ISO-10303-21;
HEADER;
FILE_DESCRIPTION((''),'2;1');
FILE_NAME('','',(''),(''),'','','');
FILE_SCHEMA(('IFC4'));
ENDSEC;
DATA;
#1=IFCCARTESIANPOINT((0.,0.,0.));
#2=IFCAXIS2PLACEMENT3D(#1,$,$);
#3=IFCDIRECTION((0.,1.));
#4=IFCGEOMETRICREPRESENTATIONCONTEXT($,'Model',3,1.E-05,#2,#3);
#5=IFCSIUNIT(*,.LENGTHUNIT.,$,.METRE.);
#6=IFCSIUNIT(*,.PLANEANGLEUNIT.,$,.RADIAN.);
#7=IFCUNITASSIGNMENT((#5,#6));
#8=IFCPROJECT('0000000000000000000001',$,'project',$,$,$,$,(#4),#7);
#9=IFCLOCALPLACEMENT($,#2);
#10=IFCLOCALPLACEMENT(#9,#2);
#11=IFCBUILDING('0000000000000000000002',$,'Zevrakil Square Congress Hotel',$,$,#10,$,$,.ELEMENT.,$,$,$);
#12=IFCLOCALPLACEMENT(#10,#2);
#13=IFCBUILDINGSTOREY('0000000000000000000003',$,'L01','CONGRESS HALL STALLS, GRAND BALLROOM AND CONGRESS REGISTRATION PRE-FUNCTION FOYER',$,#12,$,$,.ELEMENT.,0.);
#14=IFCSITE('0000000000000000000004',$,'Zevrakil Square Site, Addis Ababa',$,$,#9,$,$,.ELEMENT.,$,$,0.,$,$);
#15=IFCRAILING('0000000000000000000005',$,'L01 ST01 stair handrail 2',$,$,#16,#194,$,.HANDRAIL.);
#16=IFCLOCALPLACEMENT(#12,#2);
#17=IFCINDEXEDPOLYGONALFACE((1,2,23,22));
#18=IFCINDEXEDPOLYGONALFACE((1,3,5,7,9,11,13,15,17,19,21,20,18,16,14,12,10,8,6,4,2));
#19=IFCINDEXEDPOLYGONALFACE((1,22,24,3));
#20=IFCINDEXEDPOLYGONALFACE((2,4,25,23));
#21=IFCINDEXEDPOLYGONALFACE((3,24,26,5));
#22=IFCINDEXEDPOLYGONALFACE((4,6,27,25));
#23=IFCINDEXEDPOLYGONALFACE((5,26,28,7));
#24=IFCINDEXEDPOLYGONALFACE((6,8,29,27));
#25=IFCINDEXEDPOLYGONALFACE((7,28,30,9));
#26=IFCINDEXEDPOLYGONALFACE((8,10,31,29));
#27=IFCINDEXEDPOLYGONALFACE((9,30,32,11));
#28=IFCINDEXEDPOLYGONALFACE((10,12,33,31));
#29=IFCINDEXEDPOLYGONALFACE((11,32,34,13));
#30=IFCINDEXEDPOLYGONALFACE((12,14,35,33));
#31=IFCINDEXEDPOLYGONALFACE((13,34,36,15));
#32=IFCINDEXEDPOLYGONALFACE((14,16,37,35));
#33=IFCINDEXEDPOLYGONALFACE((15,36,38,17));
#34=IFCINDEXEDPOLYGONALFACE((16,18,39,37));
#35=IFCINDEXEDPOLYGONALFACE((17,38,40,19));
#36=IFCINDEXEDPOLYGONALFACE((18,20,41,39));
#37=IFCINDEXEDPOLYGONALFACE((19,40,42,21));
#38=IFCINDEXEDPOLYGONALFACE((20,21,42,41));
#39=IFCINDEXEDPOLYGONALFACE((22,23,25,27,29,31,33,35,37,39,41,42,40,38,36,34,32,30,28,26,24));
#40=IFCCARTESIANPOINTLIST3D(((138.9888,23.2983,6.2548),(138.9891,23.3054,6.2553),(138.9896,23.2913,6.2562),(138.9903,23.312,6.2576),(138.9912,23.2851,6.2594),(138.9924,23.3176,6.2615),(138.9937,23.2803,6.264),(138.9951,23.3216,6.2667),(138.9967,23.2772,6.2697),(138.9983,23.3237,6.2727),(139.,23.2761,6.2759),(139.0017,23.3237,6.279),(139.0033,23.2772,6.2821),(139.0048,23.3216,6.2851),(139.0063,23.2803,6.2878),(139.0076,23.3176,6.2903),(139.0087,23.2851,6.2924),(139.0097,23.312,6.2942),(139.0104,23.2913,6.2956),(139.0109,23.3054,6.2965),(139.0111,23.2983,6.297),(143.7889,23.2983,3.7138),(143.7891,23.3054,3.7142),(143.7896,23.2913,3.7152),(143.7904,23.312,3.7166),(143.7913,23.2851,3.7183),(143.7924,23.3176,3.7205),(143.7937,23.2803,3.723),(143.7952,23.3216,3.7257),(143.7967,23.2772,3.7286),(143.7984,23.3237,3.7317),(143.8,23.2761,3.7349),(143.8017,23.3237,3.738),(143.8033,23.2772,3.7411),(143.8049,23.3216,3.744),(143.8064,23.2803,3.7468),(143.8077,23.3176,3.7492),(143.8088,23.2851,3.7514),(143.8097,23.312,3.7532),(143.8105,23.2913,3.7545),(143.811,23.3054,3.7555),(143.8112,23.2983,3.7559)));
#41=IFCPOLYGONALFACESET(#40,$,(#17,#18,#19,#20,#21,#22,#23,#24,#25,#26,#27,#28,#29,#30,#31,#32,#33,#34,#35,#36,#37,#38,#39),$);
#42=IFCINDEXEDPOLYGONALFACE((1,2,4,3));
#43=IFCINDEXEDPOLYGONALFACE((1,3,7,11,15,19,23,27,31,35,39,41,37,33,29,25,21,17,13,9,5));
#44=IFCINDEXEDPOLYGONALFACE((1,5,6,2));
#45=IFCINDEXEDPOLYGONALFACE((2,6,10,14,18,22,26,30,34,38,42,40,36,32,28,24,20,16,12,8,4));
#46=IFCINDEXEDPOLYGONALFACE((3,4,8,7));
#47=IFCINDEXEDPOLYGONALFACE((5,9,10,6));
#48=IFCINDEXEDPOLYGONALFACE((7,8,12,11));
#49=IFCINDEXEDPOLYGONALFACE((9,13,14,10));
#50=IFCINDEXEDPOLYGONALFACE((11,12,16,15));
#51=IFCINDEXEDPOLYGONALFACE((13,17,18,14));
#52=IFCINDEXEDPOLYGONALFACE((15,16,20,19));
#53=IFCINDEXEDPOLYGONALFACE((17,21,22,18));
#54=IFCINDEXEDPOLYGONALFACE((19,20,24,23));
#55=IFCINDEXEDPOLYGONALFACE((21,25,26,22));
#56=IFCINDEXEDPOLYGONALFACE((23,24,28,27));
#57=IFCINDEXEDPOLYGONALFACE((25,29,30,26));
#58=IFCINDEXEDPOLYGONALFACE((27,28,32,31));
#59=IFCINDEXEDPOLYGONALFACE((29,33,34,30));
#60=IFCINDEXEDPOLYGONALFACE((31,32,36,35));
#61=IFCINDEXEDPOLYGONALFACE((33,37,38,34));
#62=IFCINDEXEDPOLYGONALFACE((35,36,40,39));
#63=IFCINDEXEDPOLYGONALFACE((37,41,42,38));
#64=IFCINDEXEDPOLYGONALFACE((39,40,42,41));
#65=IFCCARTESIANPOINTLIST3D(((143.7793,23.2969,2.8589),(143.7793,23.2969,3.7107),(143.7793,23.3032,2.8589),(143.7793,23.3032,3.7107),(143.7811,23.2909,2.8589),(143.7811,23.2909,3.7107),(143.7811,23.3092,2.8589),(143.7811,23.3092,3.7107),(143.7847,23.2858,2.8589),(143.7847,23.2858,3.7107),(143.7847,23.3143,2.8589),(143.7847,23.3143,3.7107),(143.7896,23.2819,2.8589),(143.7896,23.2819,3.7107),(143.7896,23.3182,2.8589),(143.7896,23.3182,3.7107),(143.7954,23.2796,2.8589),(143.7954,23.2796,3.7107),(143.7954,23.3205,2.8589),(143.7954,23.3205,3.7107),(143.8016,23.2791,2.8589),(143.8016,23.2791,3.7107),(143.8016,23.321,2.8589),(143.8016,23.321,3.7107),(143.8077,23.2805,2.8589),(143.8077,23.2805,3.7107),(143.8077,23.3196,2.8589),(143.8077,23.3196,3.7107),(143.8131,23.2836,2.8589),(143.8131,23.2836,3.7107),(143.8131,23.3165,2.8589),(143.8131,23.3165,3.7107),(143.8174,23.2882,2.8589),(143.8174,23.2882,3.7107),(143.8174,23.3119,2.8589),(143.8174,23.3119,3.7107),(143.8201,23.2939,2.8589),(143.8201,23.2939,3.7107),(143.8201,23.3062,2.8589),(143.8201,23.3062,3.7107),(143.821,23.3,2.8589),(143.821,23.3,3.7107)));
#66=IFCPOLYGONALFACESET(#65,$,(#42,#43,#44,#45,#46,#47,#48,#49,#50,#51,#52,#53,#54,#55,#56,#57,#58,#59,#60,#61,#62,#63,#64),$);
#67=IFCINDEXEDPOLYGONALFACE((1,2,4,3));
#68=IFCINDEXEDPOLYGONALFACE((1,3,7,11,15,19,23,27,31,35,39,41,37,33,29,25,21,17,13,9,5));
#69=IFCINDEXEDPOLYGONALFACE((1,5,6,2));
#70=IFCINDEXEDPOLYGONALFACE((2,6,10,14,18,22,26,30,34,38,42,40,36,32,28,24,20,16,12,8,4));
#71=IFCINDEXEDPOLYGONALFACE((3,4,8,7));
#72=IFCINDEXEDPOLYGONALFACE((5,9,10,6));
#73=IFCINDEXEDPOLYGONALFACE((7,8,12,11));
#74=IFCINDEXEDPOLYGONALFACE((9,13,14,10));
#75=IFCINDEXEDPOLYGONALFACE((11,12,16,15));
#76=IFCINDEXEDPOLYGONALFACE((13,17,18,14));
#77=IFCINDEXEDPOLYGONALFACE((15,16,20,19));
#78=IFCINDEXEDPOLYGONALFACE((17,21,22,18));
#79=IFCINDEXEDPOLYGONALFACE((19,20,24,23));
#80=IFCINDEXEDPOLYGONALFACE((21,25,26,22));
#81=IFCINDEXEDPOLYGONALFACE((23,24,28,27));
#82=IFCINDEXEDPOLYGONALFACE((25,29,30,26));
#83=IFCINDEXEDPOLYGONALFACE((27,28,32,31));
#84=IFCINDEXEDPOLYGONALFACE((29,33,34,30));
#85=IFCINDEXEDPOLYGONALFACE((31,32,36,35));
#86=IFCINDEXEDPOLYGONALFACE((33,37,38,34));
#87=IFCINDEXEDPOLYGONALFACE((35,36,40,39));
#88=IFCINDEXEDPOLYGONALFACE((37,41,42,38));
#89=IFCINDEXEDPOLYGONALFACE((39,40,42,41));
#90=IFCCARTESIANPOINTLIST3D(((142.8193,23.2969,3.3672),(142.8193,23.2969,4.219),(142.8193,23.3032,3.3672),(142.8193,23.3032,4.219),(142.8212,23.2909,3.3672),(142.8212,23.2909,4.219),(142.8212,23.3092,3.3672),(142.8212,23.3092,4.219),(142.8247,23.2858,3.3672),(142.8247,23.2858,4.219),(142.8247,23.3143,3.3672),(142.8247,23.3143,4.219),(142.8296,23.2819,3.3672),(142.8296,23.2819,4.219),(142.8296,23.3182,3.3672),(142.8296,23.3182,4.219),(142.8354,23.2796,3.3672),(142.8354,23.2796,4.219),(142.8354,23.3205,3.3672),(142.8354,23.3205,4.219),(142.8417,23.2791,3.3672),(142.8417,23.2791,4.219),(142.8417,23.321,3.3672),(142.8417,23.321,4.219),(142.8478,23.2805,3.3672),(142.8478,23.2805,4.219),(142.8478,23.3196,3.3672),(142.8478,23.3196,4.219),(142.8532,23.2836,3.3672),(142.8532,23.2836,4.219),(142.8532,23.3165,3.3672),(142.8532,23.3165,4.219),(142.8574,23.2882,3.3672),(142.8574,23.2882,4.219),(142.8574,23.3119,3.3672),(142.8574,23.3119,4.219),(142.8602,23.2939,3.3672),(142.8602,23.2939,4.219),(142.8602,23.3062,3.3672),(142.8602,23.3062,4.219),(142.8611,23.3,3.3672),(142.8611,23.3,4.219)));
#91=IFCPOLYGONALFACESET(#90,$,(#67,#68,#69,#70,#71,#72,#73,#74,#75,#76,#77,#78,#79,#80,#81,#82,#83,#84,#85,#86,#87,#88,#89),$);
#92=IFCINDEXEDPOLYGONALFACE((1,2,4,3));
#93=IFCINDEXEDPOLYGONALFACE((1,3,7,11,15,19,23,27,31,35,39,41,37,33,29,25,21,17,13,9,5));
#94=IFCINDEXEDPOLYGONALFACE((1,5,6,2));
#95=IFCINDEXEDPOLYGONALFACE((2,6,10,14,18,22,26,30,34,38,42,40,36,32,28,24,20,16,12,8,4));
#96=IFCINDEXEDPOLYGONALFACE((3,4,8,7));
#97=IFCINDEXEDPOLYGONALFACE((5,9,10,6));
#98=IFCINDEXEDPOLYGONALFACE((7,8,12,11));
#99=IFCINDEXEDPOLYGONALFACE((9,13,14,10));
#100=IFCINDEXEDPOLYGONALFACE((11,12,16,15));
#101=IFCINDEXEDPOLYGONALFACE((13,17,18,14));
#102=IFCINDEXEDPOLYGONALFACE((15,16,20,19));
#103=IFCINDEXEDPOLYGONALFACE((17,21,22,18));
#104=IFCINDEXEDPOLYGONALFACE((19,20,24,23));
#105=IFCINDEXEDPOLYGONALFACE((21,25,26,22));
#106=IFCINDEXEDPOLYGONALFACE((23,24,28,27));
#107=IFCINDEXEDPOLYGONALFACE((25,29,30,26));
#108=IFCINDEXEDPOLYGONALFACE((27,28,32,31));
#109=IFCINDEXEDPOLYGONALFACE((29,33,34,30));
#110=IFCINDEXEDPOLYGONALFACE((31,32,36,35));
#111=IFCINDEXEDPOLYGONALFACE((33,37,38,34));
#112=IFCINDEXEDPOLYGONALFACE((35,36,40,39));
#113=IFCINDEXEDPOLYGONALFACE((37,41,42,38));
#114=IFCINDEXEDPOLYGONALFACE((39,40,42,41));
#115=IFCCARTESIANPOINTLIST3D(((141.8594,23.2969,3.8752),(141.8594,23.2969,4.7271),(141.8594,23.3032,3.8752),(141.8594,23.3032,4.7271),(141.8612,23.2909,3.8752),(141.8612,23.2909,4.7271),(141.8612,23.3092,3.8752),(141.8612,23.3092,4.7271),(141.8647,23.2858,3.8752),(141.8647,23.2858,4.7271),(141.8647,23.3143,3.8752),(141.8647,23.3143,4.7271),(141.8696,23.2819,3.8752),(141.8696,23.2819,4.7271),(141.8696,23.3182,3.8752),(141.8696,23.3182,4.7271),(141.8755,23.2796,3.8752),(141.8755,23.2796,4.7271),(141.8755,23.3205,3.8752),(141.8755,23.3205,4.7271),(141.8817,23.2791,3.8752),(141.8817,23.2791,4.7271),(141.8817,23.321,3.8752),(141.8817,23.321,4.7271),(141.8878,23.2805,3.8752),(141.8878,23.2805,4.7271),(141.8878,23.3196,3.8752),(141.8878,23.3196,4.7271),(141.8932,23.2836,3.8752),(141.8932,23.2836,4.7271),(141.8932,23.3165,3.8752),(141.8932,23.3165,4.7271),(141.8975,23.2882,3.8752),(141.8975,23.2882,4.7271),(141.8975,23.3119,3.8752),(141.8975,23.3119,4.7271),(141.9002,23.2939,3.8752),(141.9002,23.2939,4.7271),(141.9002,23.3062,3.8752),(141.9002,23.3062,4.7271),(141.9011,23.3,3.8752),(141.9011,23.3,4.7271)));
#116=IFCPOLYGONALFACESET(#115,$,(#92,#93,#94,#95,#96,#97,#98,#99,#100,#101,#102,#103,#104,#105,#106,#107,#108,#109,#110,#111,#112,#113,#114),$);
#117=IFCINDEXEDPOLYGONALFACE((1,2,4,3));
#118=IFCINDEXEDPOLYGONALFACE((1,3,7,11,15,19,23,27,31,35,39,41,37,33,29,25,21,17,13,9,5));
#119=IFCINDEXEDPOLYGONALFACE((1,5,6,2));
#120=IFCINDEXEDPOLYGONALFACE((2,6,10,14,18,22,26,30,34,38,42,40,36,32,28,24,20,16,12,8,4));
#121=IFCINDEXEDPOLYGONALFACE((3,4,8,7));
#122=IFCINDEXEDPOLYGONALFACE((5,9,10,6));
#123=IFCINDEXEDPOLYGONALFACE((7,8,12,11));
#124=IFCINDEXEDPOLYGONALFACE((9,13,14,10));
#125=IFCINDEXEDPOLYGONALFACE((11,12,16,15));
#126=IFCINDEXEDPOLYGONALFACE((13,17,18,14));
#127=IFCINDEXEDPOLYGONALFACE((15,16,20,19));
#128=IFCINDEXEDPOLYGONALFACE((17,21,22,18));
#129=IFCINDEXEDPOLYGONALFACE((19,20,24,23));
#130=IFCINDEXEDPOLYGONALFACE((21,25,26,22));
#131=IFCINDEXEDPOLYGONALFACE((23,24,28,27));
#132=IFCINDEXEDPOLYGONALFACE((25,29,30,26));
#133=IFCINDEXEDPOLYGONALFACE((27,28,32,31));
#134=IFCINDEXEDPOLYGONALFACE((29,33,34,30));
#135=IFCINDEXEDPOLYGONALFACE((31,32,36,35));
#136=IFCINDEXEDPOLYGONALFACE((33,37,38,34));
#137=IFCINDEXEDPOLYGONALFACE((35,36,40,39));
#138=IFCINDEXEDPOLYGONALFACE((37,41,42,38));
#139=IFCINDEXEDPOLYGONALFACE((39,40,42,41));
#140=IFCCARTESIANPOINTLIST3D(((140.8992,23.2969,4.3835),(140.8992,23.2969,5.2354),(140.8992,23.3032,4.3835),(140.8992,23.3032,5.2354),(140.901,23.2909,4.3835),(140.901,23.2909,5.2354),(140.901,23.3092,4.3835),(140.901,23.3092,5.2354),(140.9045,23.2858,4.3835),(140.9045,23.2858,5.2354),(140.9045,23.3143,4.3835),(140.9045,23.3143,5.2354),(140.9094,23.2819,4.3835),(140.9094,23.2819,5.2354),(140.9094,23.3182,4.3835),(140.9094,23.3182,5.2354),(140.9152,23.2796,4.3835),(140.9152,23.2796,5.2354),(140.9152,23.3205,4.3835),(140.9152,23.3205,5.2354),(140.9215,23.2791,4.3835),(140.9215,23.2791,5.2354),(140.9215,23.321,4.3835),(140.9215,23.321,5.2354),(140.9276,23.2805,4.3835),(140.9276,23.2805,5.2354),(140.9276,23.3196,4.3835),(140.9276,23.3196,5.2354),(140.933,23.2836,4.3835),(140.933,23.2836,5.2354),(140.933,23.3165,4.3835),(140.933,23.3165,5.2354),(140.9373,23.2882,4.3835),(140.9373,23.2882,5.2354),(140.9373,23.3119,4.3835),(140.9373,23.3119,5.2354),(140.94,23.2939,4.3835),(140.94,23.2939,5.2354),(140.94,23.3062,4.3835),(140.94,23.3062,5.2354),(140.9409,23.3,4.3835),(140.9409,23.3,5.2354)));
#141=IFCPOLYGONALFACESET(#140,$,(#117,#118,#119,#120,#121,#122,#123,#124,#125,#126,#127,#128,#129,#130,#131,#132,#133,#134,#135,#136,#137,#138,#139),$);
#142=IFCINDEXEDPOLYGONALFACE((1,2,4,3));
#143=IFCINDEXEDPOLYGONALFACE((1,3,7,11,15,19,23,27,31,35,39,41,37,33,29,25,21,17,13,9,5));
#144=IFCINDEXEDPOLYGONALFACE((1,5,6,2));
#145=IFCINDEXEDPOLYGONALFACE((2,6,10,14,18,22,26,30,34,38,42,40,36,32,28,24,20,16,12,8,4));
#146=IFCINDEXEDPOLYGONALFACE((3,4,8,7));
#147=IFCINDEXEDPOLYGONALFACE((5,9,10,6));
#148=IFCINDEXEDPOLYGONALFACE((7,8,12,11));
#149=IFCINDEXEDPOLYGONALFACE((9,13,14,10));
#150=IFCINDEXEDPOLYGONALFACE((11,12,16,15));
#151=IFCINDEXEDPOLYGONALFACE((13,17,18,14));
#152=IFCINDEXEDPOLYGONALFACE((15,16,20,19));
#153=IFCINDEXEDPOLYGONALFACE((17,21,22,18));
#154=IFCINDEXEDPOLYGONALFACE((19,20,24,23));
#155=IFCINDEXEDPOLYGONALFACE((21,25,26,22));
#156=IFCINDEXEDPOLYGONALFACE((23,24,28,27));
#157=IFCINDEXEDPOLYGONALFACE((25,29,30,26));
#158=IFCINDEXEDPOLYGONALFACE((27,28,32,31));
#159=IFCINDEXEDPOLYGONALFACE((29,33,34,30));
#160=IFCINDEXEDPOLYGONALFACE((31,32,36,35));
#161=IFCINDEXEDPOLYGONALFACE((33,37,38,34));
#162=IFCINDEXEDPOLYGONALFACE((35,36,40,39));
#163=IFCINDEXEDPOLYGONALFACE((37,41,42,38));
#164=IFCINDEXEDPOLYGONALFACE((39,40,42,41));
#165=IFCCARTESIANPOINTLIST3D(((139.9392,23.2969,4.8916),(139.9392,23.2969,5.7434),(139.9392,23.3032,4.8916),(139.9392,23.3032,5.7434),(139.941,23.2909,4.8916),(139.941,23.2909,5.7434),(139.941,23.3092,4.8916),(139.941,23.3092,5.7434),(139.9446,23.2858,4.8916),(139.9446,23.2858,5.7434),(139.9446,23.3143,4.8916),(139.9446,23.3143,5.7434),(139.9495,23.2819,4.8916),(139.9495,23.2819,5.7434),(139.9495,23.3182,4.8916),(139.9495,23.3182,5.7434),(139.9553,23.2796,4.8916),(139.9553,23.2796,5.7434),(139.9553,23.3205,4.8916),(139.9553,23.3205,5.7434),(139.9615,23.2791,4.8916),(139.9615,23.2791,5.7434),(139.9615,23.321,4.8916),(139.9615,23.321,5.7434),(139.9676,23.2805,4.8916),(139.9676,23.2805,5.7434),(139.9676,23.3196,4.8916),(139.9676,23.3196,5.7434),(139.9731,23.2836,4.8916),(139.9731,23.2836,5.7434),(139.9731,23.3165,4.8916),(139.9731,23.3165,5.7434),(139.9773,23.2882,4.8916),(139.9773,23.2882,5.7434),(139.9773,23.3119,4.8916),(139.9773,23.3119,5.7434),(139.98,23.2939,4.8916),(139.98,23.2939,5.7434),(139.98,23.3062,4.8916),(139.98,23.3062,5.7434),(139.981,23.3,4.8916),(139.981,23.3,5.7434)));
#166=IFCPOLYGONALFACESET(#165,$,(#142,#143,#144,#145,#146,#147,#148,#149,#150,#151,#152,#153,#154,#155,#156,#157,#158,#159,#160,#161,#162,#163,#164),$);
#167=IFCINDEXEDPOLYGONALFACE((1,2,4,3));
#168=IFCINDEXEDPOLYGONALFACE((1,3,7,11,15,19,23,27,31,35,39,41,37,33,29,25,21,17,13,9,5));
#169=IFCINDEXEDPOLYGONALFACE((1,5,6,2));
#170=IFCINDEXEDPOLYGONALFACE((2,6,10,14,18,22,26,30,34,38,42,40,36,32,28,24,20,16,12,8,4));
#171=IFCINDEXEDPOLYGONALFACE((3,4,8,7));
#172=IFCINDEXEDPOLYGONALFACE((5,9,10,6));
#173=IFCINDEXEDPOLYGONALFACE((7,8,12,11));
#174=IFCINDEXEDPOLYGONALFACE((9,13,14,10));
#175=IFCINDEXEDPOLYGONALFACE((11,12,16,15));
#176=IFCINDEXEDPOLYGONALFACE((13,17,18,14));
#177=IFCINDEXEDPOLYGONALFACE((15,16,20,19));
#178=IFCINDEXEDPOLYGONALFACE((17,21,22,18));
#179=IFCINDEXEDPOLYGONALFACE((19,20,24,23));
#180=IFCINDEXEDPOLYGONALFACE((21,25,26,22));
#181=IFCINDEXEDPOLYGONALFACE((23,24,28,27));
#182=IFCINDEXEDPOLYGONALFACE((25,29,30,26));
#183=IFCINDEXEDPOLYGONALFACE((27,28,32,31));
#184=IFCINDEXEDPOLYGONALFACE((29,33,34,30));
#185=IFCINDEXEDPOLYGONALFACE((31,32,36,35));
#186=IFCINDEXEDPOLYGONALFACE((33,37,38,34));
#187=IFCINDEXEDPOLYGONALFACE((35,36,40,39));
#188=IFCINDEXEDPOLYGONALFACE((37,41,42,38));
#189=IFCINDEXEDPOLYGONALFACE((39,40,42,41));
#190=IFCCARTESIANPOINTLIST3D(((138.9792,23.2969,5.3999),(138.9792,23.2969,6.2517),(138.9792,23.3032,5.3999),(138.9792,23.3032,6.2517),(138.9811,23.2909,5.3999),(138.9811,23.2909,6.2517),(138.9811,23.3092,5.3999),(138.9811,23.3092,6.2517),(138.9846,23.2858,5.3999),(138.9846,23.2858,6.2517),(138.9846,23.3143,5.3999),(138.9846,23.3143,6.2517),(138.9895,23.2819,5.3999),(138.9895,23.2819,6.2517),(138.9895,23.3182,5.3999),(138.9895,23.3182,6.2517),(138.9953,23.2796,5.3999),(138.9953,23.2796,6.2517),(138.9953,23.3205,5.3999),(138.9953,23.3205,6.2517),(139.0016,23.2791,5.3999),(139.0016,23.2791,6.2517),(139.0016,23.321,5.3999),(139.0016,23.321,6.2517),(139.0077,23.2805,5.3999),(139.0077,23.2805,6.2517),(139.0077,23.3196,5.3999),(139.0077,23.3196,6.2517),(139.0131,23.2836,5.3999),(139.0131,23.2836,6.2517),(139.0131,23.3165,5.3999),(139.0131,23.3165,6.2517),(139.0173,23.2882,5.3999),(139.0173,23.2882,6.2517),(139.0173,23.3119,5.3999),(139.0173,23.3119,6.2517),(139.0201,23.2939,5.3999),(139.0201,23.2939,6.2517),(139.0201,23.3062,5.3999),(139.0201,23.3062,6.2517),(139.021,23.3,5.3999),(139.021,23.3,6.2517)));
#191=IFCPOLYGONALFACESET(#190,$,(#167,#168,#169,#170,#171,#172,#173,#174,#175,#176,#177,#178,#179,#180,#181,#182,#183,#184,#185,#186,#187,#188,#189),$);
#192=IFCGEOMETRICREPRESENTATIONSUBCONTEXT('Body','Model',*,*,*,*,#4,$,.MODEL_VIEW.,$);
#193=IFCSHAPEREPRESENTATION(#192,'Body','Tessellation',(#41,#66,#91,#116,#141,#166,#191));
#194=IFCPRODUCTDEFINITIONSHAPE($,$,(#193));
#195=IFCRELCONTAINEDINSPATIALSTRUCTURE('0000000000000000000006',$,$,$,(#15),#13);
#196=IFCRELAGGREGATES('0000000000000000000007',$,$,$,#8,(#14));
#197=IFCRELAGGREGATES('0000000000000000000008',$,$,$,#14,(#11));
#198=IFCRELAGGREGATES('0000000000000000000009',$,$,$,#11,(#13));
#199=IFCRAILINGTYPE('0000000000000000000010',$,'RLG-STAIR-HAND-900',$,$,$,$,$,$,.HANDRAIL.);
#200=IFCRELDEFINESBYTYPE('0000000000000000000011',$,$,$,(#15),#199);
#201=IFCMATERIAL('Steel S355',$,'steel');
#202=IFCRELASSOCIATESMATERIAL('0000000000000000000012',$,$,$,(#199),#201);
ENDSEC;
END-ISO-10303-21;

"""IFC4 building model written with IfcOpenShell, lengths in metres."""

from ifc_helpers import new_model, si_unit, direction, frame, origin, origin_2d, place, context, subcontext, project, spatial, circle, extrude, material, type_object, element, save


model = new_model("IFC4")

# Units and contexts
model_context = context("Model", 3, precision=1e-05, world=origin(), true_north=direction((0.0, 1.0)))
body_context = subcontext(model_context, "Body", "Model", "MODEL_VIEW")
ifc_project = project(units=[si_unit("LENGTHUNIT", "METRE"), si_unit("PLANEANGLEUNIT", "RADIAN")], contexts=[model_context])

# Site, building, storey
site_placement = place(None, origin())
site = spatial("IfcSite", under=ifc_project, at=site_placement, Name="Zevrakil Square Site, Addis Ababa", CompositionType="ELEMENT", RefElevation=0.0)
building_placement = place(site_placement, origin())
building = spatial("IfcBuilding", under=site, at=building_placement, Name="Zevrakil Square Congress Hotel", CompositionType="ELEMENT")
storey_placement = place(building_placement, origin())
storey = spatial("IfcBuildingStorey", under=building, at=storey_placement, Name="L01", Description="CONGRESS HALL STALLS, GRAND BALLROOM AND CONGRESS REGISTRATION PRE-FUNCTION FOYER", CompositionType="ELEMENT", Elevation=0.0)

# Railing
ifc_material_1 = material(Name="Steel S355", Category="steel")
railing_type_1 = type_object("IfcRailingType", Name="RLG-STAIR-HAND-900", PredefinedType="HANDRAIL", material=ifc_material_1)
railing_1_placement = place(storey_placement, frame((143.8, 23.3, 2.8589)))
element("IfcRailing", 1, at=railing_1_placement, inside=storey, type_object=railing_type_1, Name="L01 ST01 stair handrail 2", PredefinedType="HANDRAIL", context=body_context, shape_type="SweptSolid", body=[
    extrude(circle(Radius=0.0239, at=origin_2d()), frame((0.0, 0.0, 0.876), z_axis=(-0.883802, 0.0, 0.467861), x_axis=(0.0, -1.0, 0.0)), (0.0, 0.0, 1.0), 5.4312),
    extrude(circle(Radius=0.021, at=origin_2d()), origin(), (0.0, 0.0, 1.0), 0.8518),
    extrude(circle(Radius=0.021, at=origin_2d()), frame((-0.96, 0.0, 0.5083)), (0.0, 0.0, 1.0), 0.8518),
    extrude(circle(Radius=0.021, at=origin_2d()), frame((-1.9199, 0.0, 1.0164)), (0.0, 0.0, 1.0), 0.8518),
    extrude(circle(Radius=0.021, at=origin_2d()), frame((-2.8801, 0.0, 1.5247)), (0.0, 0.0, 1.0), 0.8518),
    extrude(circle(Radius=0.021, at=origin_2d()), frame((-3.8401, 0.0, 2.0327)), (0.0, 0.0, 1.0), 0.8518),
    extrude(circle(Radius=0.021, at=origin_2d()), frame((-4.8, 0.0, 2.541)), (0.0, 0.0, 1.0), 0.8518),
])

save(model, "model.ifc")
